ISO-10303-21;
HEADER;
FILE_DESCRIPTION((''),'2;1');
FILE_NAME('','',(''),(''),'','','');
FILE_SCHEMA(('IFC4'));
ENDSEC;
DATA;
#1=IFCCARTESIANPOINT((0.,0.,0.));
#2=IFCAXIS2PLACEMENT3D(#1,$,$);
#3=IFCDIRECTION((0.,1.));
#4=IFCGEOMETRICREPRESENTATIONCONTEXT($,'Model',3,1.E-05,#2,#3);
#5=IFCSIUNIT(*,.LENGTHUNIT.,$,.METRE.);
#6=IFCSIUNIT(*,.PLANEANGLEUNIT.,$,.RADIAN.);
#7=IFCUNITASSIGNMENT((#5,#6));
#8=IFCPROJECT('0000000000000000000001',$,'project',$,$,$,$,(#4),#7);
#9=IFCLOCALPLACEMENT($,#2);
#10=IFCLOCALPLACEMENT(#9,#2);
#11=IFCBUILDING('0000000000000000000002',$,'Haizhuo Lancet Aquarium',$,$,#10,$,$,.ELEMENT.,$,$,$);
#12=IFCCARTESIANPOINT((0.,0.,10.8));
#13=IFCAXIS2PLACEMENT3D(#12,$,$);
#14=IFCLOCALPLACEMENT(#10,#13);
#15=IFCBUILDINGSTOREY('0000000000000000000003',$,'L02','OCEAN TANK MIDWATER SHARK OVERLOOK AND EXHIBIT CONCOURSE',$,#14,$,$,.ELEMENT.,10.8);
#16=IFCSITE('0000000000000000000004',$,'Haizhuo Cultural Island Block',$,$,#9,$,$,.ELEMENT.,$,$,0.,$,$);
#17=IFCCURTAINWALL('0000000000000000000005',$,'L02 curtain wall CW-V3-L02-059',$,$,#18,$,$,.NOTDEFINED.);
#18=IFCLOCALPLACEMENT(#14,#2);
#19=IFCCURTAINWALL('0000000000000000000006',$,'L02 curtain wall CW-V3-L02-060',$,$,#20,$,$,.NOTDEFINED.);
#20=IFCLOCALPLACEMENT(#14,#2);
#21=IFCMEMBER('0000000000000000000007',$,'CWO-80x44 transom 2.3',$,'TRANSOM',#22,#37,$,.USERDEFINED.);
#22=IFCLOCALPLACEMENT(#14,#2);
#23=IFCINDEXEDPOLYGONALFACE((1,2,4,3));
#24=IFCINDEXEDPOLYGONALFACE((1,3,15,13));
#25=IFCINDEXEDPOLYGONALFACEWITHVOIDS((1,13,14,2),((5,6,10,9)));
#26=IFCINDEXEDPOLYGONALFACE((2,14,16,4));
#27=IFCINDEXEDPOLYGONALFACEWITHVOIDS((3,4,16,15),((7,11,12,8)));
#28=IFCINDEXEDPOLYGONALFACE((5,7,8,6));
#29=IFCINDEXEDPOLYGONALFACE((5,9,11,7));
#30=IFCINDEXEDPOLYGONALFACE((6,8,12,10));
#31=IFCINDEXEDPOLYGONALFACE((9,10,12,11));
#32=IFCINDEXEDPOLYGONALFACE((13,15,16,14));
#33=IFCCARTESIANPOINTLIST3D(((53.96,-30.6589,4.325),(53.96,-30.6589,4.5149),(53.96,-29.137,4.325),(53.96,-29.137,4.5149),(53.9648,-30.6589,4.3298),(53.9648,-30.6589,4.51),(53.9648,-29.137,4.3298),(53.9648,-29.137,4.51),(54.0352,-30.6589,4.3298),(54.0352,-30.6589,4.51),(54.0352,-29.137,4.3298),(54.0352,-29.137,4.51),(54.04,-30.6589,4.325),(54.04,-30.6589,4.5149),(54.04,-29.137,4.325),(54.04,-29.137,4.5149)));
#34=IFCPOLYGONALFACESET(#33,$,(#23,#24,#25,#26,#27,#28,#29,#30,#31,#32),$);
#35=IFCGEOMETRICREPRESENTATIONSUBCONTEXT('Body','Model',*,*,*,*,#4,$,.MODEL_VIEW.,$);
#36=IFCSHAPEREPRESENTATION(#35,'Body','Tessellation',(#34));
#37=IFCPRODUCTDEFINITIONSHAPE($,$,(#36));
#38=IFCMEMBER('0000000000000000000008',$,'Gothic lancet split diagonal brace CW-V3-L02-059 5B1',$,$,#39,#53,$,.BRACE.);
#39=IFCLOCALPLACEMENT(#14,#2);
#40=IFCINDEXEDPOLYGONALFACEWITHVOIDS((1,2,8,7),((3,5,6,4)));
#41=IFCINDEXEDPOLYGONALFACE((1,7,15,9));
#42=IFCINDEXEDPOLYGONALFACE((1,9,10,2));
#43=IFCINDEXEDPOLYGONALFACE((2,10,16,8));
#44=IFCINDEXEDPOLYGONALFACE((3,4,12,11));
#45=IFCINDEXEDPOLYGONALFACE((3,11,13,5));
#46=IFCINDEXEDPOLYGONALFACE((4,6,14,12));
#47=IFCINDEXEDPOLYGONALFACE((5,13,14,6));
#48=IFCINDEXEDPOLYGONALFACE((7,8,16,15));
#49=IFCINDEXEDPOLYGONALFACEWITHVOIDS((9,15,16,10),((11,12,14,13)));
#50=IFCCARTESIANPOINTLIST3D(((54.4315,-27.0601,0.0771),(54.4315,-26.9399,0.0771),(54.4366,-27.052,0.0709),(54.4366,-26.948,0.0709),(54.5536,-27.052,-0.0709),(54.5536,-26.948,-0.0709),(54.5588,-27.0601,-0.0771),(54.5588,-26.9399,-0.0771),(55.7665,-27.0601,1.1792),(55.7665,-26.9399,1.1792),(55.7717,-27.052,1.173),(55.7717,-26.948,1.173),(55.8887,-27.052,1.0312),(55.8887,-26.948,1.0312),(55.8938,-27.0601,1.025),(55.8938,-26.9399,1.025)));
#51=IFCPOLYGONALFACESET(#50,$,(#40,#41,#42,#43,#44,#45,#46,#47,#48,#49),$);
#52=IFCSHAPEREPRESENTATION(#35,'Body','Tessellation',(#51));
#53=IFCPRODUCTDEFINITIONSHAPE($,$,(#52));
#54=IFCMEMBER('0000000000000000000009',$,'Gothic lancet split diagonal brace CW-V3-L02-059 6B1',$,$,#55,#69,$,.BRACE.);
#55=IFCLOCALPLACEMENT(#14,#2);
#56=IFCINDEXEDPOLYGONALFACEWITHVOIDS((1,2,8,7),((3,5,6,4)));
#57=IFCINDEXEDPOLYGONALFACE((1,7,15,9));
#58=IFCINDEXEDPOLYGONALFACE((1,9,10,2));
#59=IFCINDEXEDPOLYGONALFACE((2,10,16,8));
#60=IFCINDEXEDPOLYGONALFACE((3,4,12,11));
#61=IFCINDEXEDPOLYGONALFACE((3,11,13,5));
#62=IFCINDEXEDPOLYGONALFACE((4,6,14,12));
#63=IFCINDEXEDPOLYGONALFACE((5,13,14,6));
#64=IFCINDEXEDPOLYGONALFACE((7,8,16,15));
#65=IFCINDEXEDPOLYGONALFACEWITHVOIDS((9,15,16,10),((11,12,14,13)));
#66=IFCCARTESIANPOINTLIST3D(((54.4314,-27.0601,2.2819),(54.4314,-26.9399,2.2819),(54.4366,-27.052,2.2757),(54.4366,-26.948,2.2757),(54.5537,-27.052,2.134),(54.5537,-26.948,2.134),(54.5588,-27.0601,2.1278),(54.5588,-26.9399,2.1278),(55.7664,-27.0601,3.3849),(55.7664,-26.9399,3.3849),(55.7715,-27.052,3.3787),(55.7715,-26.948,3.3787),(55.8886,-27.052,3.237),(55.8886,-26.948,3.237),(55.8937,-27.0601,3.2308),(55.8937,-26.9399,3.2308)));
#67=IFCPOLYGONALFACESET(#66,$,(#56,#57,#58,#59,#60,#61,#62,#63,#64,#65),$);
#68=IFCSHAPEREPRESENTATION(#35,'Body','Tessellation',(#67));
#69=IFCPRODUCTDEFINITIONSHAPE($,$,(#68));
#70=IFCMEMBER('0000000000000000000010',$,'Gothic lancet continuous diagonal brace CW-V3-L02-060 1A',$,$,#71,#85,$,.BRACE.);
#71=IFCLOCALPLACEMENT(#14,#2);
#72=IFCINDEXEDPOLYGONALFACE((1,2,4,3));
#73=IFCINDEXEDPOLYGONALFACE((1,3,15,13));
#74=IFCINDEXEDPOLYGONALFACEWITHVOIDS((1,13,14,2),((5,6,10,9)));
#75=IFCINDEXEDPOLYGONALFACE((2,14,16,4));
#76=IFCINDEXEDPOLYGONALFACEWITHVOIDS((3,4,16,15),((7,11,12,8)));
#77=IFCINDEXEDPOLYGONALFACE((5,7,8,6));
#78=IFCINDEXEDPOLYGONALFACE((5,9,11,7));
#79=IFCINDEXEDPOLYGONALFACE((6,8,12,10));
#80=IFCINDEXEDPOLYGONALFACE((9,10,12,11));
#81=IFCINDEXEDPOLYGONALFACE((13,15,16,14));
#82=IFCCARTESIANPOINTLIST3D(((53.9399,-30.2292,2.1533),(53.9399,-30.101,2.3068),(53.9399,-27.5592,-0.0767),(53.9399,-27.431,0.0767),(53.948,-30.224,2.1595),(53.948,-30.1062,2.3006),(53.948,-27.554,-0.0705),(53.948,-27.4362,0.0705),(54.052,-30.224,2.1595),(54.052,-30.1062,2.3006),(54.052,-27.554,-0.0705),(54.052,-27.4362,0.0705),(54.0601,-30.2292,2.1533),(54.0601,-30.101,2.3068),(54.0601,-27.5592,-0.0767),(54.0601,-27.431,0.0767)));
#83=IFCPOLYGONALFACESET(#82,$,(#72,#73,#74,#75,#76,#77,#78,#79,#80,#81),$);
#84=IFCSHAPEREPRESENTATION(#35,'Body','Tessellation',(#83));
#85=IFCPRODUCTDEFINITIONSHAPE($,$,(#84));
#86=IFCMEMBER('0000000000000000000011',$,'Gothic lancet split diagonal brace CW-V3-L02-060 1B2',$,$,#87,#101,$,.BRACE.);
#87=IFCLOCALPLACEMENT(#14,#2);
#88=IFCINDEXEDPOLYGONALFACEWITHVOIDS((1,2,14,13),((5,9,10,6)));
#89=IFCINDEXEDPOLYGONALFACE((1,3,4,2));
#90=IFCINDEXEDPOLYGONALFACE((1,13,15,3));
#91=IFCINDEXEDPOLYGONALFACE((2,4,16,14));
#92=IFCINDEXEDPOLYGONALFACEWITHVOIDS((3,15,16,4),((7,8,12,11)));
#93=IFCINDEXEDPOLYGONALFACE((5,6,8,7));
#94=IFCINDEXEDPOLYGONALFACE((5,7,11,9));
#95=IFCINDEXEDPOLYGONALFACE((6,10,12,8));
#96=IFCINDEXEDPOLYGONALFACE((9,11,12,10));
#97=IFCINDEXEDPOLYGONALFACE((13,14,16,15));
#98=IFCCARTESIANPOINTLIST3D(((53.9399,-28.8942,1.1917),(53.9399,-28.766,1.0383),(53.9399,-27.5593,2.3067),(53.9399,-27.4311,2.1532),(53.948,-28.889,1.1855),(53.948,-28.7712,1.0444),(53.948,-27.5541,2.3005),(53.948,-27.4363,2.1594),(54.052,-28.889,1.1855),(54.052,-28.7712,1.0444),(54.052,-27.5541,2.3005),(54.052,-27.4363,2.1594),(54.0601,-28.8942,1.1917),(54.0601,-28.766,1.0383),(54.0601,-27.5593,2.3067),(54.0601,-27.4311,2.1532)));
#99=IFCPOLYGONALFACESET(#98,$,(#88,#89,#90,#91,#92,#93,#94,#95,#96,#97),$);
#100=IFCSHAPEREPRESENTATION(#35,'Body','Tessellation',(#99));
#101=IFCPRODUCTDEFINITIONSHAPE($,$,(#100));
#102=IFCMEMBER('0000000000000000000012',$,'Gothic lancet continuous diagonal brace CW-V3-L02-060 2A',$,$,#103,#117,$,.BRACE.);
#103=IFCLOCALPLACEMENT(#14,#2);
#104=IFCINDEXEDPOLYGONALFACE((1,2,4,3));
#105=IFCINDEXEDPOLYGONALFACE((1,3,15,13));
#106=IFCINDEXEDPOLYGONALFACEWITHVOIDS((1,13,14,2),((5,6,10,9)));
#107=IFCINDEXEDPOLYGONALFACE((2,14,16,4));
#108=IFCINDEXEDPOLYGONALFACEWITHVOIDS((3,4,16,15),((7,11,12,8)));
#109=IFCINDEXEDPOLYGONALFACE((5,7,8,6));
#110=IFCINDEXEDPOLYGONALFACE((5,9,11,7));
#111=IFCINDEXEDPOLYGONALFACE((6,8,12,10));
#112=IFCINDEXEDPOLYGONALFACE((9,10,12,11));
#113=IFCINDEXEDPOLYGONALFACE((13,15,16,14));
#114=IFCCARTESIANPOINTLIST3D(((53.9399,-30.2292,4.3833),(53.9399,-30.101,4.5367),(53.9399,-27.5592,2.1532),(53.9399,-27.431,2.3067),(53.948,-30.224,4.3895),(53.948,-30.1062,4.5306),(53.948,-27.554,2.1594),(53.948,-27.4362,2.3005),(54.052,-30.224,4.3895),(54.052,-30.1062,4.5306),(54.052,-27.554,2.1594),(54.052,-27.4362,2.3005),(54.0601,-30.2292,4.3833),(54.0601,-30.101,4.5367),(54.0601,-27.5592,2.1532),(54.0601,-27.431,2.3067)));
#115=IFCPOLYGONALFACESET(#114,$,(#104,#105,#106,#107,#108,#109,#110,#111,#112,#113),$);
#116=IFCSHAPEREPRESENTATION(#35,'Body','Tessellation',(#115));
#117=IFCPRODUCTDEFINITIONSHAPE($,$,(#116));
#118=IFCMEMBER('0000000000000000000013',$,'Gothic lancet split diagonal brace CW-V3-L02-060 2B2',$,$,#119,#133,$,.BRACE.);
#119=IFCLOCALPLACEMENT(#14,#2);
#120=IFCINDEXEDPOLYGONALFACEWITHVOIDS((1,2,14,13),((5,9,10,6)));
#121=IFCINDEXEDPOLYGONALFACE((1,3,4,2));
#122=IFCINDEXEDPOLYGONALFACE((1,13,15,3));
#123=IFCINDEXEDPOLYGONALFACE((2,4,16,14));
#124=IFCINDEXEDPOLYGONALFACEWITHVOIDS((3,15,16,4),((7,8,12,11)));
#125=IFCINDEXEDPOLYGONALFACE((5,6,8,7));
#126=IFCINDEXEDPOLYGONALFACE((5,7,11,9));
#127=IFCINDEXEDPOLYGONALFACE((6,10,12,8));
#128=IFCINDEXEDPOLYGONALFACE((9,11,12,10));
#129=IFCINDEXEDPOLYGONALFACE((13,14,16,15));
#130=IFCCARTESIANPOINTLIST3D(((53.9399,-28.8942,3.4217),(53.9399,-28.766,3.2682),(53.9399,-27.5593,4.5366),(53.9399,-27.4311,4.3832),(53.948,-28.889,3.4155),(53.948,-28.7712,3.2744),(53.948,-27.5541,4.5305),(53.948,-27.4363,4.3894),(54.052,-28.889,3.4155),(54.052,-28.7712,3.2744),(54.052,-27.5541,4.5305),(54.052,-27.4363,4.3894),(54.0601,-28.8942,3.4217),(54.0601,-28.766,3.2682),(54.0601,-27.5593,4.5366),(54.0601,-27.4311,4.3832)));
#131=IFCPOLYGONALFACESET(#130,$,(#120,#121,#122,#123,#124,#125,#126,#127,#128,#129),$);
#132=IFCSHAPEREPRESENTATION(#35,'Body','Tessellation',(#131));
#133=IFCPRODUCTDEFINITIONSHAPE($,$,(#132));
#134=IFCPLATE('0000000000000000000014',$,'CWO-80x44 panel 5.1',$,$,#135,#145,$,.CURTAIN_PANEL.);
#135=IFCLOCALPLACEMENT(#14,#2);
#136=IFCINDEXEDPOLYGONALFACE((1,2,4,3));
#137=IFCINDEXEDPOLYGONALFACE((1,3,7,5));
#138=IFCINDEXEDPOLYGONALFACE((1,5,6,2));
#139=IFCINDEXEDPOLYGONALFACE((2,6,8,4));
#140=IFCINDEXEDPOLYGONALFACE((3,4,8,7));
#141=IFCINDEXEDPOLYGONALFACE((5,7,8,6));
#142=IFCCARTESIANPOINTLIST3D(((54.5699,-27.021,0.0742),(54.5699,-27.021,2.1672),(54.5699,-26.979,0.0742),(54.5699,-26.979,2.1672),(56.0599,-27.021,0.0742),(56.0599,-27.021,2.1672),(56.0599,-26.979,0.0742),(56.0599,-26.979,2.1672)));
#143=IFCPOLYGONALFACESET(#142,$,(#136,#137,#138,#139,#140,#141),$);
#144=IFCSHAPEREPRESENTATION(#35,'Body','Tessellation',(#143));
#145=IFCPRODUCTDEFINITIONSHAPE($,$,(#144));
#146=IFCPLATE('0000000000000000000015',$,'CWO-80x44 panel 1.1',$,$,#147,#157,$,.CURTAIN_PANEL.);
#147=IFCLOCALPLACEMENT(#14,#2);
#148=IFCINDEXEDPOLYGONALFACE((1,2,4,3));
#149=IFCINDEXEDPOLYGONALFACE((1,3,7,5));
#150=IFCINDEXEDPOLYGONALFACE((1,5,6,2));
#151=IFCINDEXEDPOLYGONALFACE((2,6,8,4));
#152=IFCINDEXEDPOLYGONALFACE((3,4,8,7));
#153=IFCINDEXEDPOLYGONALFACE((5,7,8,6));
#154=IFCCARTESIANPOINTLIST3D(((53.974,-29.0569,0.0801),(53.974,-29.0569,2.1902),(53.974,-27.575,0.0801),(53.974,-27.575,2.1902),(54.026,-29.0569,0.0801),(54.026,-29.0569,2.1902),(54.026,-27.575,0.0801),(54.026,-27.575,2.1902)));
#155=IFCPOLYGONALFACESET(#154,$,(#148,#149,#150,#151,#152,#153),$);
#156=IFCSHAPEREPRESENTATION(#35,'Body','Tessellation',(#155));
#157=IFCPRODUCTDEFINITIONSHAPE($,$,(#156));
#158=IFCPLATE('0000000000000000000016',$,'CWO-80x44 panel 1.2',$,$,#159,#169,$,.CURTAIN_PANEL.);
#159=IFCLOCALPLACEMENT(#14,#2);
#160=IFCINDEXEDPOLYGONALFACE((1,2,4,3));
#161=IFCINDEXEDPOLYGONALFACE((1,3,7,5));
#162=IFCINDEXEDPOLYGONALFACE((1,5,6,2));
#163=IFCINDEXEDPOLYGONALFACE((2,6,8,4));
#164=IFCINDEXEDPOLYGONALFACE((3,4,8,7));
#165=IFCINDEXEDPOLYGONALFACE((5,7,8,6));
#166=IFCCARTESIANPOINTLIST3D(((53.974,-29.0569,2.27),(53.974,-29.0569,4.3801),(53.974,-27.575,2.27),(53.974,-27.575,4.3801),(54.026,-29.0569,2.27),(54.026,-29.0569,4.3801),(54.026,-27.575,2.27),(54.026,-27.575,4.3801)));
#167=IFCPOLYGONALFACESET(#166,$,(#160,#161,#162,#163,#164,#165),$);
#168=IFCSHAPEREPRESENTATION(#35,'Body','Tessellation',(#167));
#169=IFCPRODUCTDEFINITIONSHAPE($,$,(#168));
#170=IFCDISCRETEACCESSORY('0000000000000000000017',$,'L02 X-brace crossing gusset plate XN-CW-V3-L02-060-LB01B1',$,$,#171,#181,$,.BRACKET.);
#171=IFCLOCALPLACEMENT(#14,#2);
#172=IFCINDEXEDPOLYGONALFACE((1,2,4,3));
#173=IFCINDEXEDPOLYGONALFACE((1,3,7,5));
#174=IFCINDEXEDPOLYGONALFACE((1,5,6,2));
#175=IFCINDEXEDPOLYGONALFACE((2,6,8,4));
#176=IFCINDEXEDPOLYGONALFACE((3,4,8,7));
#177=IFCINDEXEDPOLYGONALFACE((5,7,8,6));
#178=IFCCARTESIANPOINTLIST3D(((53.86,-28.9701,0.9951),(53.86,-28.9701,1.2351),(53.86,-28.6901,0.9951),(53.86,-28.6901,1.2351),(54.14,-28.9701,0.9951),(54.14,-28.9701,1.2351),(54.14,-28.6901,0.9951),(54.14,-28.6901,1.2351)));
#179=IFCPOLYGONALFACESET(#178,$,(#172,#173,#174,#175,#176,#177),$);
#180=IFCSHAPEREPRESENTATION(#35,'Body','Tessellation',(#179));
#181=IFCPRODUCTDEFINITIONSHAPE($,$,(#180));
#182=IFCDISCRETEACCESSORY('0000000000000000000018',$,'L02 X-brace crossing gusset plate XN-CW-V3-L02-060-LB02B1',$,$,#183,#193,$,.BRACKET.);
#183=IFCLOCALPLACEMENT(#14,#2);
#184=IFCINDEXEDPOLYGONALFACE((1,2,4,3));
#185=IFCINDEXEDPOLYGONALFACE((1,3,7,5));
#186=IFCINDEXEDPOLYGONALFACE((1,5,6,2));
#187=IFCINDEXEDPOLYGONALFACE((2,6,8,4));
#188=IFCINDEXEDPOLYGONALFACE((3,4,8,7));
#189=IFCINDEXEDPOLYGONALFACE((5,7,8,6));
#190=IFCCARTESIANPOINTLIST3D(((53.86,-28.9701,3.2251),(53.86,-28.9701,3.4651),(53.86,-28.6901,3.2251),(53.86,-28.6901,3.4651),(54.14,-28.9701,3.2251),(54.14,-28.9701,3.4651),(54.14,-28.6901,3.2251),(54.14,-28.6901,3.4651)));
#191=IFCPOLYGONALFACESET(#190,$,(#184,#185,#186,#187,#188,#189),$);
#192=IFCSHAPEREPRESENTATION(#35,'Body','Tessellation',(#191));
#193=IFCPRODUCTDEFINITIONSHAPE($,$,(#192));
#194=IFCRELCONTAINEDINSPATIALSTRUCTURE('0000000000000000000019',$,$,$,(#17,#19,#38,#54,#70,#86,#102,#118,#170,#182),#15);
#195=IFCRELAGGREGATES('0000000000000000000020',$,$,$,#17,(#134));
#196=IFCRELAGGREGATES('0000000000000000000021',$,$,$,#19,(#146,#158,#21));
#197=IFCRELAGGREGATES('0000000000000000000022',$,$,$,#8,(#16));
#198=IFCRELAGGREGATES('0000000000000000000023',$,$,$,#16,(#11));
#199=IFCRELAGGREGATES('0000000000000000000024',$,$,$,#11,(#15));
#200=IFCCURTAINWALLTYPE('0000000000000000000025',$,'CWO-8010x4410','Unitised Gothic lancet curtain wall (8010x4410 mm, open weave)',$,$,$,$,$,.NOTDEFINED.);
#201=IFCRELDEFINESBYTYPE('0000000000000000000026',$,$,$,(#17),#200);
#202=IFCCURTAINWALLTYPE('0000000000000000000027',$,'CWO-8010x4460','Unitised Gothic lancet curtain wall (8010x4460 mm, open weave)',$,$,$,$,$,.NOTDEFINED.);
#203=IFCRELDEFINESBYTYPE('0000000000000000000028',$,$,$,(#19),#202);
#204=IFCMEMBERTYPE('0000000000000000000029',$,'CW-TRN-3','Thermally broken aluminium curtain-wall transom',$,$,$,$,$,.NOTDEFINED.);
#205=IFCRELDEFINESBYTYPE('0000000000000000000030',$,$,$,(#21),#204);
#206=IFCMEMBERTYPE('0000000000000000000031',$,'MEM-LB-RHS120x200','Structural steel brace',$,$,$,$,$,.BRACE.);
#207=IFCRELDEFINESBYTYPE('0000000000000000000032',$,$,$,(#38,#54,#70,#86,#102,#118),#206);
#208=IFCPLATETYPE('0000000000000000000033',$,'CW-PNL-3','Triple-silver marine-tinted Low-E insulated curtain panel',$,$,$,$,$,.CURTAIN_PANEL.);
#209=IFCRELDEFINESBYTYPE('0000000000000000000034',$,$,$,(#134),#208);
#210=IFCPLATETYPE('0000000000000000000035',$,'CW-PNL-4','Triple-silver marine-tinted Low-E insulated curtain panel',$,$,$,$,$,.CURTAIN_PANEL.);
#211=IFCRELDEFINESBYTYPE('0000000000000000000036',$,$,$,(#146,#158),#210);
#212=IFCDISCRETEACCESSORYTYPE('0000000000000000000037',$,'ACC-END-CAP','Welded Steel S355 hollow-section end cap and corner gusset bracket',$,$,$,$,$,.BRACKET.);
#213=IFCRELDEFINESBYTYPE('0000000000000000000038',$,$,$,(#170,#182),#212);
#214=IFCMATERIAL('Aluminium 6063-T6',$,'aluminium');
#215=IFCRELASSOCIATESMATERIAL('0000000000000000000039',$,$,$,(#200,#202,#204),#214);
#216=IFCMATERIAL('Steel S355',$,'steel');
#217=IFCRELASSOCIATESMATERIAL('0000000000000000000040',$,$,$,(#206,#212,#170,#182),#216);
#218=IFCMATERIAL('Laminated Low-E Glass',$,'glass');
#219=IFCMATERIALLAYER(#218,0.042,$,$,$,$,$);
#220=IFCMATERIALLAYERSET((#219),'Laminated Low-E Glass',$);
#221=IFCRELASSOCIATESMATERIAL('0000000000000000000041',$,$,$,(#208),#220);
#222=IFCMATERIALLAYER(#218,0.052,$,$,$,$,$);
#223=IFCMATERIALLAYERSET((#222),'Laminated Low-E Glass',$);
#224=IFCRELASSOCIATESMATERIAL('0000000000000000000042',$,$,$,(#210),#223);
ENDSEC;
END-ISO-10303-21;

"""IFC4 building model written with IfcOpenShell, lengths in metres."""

from ifc_helpers import new_model, si_unit, direction, frame, origin, origin_2d, place, context, subcontext, project, spatial, rectangle, hollow_rectangle, extrude, material, layer, layer_set, material_profile, profile_set, type_object, element, aggregate, save


model = new_model("IFC4")

# Units and contexts
model_context = context("Model", 3, precision=1e-05, world=origin(), true_north=direction((0.0, 1.0)))
body_context = subcontext(model_context, "Body", "Model", "MODEL_VIEW")
ifc_project = project(units=[si_unit("LENGTHUNIT", "METRE"), si_unit("PLANEANGLEUNIT", "RADIAN")], contexts=[model_context])

# Site, building, storey
site_placement = place(None, origin())
site = spatial("IfcSite", under=ifc_project, at=site_placement, Name="Haizhuo Cultural Island Block", CompositionType="ELEMENT", RefElevation=0.0)
building_placement = place(site_placement, origin())
building = spatial("IfcBuilding", under=site, at=building_placement, Name="Haizhuo Lancet Aquarium", CompositionType="ELEMENT")
storey_placement = place(building_placement, frame((0.0, 0.0, 10.8)))
storey = spatial("IfcBuildingStorey", under=building, at=storey_placement, Name="L02", Description="OCEAN TANK MIDWATER SHARK OVERLOOK AND EXHIBIT CONCOURSE", CompositionType="ELEMENT", Elevation=10.8)

# Curtain wall
ifc_material_1 = material(Name="Aluminium 6063-T6", Category="aluminium")
curtain_wall_type_1 = type_object("IfcCurtainWallType", Name="CWO-8010x4410", Description="Unitised Gothic lancet curtain wall (8010x4410 mm, open weave)", PredefinedType="NOTDEFINED", material=ifc_material_1)
curtain_wall_1_placement = place(storey_placement, origin())
curtain_wall_1 = element("IfcCurtainWall", 1, at=curtain_wall_1_placement, inside=storey, type_object=curtain_wall_type_1, Name="L02 curtain wall CW-V3-L02-059", PredefinedType="NOTDEFINED")

# Curtain wall, member
curtain_wall_type_2 = type_object("IfcCurtainWallType", Name="CWO-8010x4460", Description="Unitised Gothic lancet curtain wall (8010x4460 mm, open weave)", PredefinedType="NOTDEFINED", material=ifc_material_1)
curtain_wall_2_placement = place(storey_placement, origin())
curtain_wall_2 = element("IfcCurtainWall", 2, at=curtain_wall_2_placement, inside=storey, type_object=curtain_wall_type_2, Name="L02 curtain wall CW-V3-L02-060", PredefinedType="NOTDEFINED")
ifc_material_profile_1 = material_profile(ifc_material_1, hollow_rectangle(XDim=0.0801, YDim=0.1899, WallThickness=0.0049, at=origin_2d()), Name="ALU-T 80x190x5")
ifc_profile_set_1 = profile_set([ifc_material_profile_1], Name="Aluminium 6063-T6")
member_type_1 = type_object("IfcMemberType", Name="CW-TRN-3", Description="Thermally broken aluminium curtain-wall transom", PredefinedType="NOTDEFINED", material=ifc_profile_set_1)
member_1_placement = place(storey_placement, frame((54.0, -29.137, 4.4199), z_axis=(0.0, -1.0, 0.0), x_axis=(1.0, 0.0, 0.0)))
member_1 = element("IfcMember", 3, at=member_1_placement, type_object=member_type_1, Name="CWO-80x44 transom 2.3", ObjectType="TRANSOM", PredefinedType="USERDEFINED", context=body_context, shape_type="SweptSolid", body=[
    extrude(hollow_rectangle(XDim=0.0801, YDim=0.1899, WallThickness=0.0049, at=origin_2d()), origin(), (0.0, 0.0, 1.0), 1.522),
])

# Members
ifc_material_2 = material(Name="Steel S355", Category="steel")
ifc_material_profile_2 = material_profile(ifc_material_2, hollow_rectangle(XDim=0.1201, YDim=0.2, WallThickness=0.0081, at=origin_2d()), Name="RHS 120x200x8")
ifc_profile_set_2 = profile_set([ifc_material_profile_2], Name="Steel S355")
member_type_2 = type_object("IfcMemberType", Name="MEM-LB-RHS120x200", Description="Structural steel brace", PredefinedType="BRACE", material=ifc_profile_set_2)
member_2_placement = place(storey_placement, frame((54.4951, -27.0, 0.0), z_axis=(0.771172, 0.0, 0.636626), x_axis=(0.0, 1.0, 0.0)))
element("IfcMember", 4, at=member_2_placement, inside=storey, type_object=member_type_2, Name="Gothic lancet split diagonal brace CW-V3-L02-059 5B1", PredefinedType="BRACE", context=body_context, shape_type="SweptSolid", body=[
    extrude(hollow_rectangle(XDim=0.1201, YDim=0.2, WallThickness=0.0081, at=origin_2d()), origin(), (0.0, 0.0, 1.0), 1.7312),
])
member_3_placement = place(storey_placement, frame((54.4951, -27.0, 2.2048), z_axis=(0.770896, 0.0, 0.636962), x_axis=(0.0, 1.0, 0.0)))
element("IfcMember", 5, at=member_3_placement, inside=storey, type_object=member_type_2, Name="Gothic lancet split diagonal brace CW-V3-L02-059 6B1", PredefinedType="BRACE", context=body_context, shape_type="SweptSolid", body=[
    extrude(hollow_rectangle(XDim=0.1201, YDim=0.2, WallThickness=0.0081, at=origin_2d()), origin(), (0.0, 0.0, 1.0), 1.7317),
])
member_4_placement = place(storey_placement, frame((54.0, -27.4951, 0.0), z_axis=(0.0, -0.767507, 0.64104), x_axis=(1.0, 0.0, 0.0)))
element("IfcMember", 6, at=member_4_placement, inside=storey, type_object=member_type_2, Name="Gothic lancet continuous diagonal brace CW-V3-L02-060 1A", PredefinedType="BRACE", context=body_context, shape_type="SweptSolid", body=[
    extrude(hollow_rectangle(XDim=0.1201, YDim=0.2, WallThickness=0.0081, at=origin_2d()), origin(), (0.0, 0.0, 1.0), 3.4788),
])
member_5_placement = place(storey_placement, frame((54.0, -28.8301, 1.115), z_axis=(0.0, 0.767507, 0.64104), x_axis=(-1.0, 0.0, 0.0)))
element("IfcMember", 7, at=member_5_placement, inside=storey, type_object=member_type_2, Name="Gothic lancet split diagonal brace CW-V3-L02-060 1B2", PredefinedType="BRACE", context=body_context, shape_type="SweptSolid", body=[
    extrude(hollow_rectangle(XDim=0.1201, YDim=0.2, WallThickness=0.0081, at=origin_2d()), origin(), (0.0, 0.0, 1.0), 1.7393),
])
member_6_placement = place(storey_placement, frame((54.0, -27.4951, 2.23), z_axis=(0.0, -0.767507, 0.64104), x_axis=(1.0, 0.0, 0.0)))
element("IfcMember", 8, at=member_6_placement, inside=storey, type_object=member_type_2, Name="Gothic lancet continuous diagonal brace CW-V3-L02-060 2A", PredefinedType="BRACE", context=body_context, shape_type="SweptSolid", body=[
    extrude(hollow_rectangle(XDim=0.1201, YDim=0.2, WallThickness=0.0081, at=origin_2d()), origin(), (0.0, 0.0, 1.0), 3.4788),
])
member_7_placement = place(storey_placement, frame((54.0, -28.8301, 3.345), z_axis=(0.0, 0.767507, 0.64104), x_axis=(-1.0, 0.0, 0.0)))
element("IfcMember", 9, at=member_7_placement, inside=storey, type_object=member_type_2, Name="Gothic lancet split diagonal brace CW-V3-L02-060 2B2", PredefinedType="BRACE", context=body_context, shape_type="SweptSolid", body=[
    extrude(hollow_rectangle(XDim=0.1201, YDim=0.2, WallThickness=0.0081, at=origin_2d()), origin(), (0.0, 0.0, 1.0), 1.7393),
])

# Plates
ifc_material_3 = material(Name="Laminated Low-E Glass", Category="glass")
ifc_layer_1 = layer(ifc_material_3, 0.042)
ifc_layer_set_1 = layer_set([ifc_layer_1], Name="Laminated Low-E Glass")
plate_type_1 = type_object("IfcPlateType", Name="CW-PNL-3", Description="Triple-silver marine-tinted Low-E insulated curtain panel", PredefinedType="CURTAIN_PANEL", material=ifc_layer_set_1)
plate_1_placement = place(storey_placement, frame((55.3149, -27.0, 0.0742), z_axis=(0.0, 0.0, 1.0), x_axis=(-1.0, 0.0, 0.0)))
plate_1 = element("IfcPlate", 10, at=plate_1_placement, type_object=plate_type_1, Name="CWO-80x44 panel 5.1", PredefinedType="CURTAIN_PANEL", context=body_context, shape_type="SweptSolid", body=[
    extrude(rectangle(XDim=1.49, YDim=0.042, at=origin_2d()), origin(), (0.0, 0.0, 1.0), 2.093),
])
aggregate(curtain_wall_1, [plate_1])
ifc_layer_2 = layer(ifc_material_3, 0.052)
ifc_layer_set_2 = layer_set([ifc_layer_2], Name="Laminated Low-E Glass")
plate_type_2 = type_object("IfcPlateType", Name="CW-PNL-4", Description="Triple-silver marine-tinted Low-E insulated curtain panel", PredefinedType="CURTAIN_PANEL", material=ifc_layer_set_2)
plate_2_placement = place(storey_placement, frame((54.0, -28.3159, 0.0801), z_axis=(0.0, 0.0, 1.0), x_axis=(0.0, -1.0, 0.0)))
plate_2 = element("IfcPlate", 11, at=plate_2_placement, type_object=plate_type_2, Name="CWO-80x44 panel 1.1", PredefinedType="CURTAIN_PANEL", context=body_context, shape_type="SweptSolid", body=[
    extrude(rectangle(XDim=1.4819, YDim=0.052, at=origin_2d()), origin(), (0.0, 0.0, 1.0), 2.1101),
])
plate_3_placement = place(storey_placement, frame((54.0, -28.3159, 2.27), z_axis=(0.0, 0.0, 1.0), x_axis=(0.0, -1.0, 0.0)))
plate_3 = element("IfcPlate", 12, at=plate_3_placement, type_object=plate_type_2, Name="CWO-80x44 panel 1.2", PredefinedType="CURTAIN_PANEL", context=body_context, shape_type="SweptSolid", body=[
    extrude(rectangle(XDim=1.4819, YDim=0.052, at=origin_2d()), origin(), (0.0, 0.0, 1.0), 2.1101),
])
aggregate(curtain_wall_2, [plate_2, plate_3, member_1])

# Discrete accessories
discrete_accessory_type = type_object("IfcDiscreteAccessoryType", Name="ACC-END-CAP", Description="Welded Steel S355 hollow-section end cap and corner gusset bracket", PredefinedType="BRACKET", material=ifc_material_2)
for number, where, z_axis, x_axis, name in (
    (13, (54.0, -28.8301, 0.9951), (0.0, 0.0, 1.0), (1.0, 0.0, 0.0), "L02 X-brace crossing gusset plate XN-CW-V3-L02-060-LB01B1"),
    (14, (54.0, -28.8301, 3.2251), (0.0, 0.0, 1.0), (1.0, 0.0, 0.0), "L02 X-brace crossing gusset plate XN-CW-V3-L02-060-LB02B1"),
):
    element("IfcDiscreteAccessory", number, at=place(storey_placement, frame(where, z_axis=z_axis, x_axis=x_axis)), inside=storey, type_object=discrete_accessory_type, material=ifc_material_2, Name=name, PredefinedType="BRACKET", context=body_context, shape_type="SweptSolid", body=[
        extrude(rectangle(XDim=0.28, YDim=0.28, at=origin_2d()), origin(), (0.0, 0.0, 1.0), 0.24),
    ])

save(model, "model.ifc")
